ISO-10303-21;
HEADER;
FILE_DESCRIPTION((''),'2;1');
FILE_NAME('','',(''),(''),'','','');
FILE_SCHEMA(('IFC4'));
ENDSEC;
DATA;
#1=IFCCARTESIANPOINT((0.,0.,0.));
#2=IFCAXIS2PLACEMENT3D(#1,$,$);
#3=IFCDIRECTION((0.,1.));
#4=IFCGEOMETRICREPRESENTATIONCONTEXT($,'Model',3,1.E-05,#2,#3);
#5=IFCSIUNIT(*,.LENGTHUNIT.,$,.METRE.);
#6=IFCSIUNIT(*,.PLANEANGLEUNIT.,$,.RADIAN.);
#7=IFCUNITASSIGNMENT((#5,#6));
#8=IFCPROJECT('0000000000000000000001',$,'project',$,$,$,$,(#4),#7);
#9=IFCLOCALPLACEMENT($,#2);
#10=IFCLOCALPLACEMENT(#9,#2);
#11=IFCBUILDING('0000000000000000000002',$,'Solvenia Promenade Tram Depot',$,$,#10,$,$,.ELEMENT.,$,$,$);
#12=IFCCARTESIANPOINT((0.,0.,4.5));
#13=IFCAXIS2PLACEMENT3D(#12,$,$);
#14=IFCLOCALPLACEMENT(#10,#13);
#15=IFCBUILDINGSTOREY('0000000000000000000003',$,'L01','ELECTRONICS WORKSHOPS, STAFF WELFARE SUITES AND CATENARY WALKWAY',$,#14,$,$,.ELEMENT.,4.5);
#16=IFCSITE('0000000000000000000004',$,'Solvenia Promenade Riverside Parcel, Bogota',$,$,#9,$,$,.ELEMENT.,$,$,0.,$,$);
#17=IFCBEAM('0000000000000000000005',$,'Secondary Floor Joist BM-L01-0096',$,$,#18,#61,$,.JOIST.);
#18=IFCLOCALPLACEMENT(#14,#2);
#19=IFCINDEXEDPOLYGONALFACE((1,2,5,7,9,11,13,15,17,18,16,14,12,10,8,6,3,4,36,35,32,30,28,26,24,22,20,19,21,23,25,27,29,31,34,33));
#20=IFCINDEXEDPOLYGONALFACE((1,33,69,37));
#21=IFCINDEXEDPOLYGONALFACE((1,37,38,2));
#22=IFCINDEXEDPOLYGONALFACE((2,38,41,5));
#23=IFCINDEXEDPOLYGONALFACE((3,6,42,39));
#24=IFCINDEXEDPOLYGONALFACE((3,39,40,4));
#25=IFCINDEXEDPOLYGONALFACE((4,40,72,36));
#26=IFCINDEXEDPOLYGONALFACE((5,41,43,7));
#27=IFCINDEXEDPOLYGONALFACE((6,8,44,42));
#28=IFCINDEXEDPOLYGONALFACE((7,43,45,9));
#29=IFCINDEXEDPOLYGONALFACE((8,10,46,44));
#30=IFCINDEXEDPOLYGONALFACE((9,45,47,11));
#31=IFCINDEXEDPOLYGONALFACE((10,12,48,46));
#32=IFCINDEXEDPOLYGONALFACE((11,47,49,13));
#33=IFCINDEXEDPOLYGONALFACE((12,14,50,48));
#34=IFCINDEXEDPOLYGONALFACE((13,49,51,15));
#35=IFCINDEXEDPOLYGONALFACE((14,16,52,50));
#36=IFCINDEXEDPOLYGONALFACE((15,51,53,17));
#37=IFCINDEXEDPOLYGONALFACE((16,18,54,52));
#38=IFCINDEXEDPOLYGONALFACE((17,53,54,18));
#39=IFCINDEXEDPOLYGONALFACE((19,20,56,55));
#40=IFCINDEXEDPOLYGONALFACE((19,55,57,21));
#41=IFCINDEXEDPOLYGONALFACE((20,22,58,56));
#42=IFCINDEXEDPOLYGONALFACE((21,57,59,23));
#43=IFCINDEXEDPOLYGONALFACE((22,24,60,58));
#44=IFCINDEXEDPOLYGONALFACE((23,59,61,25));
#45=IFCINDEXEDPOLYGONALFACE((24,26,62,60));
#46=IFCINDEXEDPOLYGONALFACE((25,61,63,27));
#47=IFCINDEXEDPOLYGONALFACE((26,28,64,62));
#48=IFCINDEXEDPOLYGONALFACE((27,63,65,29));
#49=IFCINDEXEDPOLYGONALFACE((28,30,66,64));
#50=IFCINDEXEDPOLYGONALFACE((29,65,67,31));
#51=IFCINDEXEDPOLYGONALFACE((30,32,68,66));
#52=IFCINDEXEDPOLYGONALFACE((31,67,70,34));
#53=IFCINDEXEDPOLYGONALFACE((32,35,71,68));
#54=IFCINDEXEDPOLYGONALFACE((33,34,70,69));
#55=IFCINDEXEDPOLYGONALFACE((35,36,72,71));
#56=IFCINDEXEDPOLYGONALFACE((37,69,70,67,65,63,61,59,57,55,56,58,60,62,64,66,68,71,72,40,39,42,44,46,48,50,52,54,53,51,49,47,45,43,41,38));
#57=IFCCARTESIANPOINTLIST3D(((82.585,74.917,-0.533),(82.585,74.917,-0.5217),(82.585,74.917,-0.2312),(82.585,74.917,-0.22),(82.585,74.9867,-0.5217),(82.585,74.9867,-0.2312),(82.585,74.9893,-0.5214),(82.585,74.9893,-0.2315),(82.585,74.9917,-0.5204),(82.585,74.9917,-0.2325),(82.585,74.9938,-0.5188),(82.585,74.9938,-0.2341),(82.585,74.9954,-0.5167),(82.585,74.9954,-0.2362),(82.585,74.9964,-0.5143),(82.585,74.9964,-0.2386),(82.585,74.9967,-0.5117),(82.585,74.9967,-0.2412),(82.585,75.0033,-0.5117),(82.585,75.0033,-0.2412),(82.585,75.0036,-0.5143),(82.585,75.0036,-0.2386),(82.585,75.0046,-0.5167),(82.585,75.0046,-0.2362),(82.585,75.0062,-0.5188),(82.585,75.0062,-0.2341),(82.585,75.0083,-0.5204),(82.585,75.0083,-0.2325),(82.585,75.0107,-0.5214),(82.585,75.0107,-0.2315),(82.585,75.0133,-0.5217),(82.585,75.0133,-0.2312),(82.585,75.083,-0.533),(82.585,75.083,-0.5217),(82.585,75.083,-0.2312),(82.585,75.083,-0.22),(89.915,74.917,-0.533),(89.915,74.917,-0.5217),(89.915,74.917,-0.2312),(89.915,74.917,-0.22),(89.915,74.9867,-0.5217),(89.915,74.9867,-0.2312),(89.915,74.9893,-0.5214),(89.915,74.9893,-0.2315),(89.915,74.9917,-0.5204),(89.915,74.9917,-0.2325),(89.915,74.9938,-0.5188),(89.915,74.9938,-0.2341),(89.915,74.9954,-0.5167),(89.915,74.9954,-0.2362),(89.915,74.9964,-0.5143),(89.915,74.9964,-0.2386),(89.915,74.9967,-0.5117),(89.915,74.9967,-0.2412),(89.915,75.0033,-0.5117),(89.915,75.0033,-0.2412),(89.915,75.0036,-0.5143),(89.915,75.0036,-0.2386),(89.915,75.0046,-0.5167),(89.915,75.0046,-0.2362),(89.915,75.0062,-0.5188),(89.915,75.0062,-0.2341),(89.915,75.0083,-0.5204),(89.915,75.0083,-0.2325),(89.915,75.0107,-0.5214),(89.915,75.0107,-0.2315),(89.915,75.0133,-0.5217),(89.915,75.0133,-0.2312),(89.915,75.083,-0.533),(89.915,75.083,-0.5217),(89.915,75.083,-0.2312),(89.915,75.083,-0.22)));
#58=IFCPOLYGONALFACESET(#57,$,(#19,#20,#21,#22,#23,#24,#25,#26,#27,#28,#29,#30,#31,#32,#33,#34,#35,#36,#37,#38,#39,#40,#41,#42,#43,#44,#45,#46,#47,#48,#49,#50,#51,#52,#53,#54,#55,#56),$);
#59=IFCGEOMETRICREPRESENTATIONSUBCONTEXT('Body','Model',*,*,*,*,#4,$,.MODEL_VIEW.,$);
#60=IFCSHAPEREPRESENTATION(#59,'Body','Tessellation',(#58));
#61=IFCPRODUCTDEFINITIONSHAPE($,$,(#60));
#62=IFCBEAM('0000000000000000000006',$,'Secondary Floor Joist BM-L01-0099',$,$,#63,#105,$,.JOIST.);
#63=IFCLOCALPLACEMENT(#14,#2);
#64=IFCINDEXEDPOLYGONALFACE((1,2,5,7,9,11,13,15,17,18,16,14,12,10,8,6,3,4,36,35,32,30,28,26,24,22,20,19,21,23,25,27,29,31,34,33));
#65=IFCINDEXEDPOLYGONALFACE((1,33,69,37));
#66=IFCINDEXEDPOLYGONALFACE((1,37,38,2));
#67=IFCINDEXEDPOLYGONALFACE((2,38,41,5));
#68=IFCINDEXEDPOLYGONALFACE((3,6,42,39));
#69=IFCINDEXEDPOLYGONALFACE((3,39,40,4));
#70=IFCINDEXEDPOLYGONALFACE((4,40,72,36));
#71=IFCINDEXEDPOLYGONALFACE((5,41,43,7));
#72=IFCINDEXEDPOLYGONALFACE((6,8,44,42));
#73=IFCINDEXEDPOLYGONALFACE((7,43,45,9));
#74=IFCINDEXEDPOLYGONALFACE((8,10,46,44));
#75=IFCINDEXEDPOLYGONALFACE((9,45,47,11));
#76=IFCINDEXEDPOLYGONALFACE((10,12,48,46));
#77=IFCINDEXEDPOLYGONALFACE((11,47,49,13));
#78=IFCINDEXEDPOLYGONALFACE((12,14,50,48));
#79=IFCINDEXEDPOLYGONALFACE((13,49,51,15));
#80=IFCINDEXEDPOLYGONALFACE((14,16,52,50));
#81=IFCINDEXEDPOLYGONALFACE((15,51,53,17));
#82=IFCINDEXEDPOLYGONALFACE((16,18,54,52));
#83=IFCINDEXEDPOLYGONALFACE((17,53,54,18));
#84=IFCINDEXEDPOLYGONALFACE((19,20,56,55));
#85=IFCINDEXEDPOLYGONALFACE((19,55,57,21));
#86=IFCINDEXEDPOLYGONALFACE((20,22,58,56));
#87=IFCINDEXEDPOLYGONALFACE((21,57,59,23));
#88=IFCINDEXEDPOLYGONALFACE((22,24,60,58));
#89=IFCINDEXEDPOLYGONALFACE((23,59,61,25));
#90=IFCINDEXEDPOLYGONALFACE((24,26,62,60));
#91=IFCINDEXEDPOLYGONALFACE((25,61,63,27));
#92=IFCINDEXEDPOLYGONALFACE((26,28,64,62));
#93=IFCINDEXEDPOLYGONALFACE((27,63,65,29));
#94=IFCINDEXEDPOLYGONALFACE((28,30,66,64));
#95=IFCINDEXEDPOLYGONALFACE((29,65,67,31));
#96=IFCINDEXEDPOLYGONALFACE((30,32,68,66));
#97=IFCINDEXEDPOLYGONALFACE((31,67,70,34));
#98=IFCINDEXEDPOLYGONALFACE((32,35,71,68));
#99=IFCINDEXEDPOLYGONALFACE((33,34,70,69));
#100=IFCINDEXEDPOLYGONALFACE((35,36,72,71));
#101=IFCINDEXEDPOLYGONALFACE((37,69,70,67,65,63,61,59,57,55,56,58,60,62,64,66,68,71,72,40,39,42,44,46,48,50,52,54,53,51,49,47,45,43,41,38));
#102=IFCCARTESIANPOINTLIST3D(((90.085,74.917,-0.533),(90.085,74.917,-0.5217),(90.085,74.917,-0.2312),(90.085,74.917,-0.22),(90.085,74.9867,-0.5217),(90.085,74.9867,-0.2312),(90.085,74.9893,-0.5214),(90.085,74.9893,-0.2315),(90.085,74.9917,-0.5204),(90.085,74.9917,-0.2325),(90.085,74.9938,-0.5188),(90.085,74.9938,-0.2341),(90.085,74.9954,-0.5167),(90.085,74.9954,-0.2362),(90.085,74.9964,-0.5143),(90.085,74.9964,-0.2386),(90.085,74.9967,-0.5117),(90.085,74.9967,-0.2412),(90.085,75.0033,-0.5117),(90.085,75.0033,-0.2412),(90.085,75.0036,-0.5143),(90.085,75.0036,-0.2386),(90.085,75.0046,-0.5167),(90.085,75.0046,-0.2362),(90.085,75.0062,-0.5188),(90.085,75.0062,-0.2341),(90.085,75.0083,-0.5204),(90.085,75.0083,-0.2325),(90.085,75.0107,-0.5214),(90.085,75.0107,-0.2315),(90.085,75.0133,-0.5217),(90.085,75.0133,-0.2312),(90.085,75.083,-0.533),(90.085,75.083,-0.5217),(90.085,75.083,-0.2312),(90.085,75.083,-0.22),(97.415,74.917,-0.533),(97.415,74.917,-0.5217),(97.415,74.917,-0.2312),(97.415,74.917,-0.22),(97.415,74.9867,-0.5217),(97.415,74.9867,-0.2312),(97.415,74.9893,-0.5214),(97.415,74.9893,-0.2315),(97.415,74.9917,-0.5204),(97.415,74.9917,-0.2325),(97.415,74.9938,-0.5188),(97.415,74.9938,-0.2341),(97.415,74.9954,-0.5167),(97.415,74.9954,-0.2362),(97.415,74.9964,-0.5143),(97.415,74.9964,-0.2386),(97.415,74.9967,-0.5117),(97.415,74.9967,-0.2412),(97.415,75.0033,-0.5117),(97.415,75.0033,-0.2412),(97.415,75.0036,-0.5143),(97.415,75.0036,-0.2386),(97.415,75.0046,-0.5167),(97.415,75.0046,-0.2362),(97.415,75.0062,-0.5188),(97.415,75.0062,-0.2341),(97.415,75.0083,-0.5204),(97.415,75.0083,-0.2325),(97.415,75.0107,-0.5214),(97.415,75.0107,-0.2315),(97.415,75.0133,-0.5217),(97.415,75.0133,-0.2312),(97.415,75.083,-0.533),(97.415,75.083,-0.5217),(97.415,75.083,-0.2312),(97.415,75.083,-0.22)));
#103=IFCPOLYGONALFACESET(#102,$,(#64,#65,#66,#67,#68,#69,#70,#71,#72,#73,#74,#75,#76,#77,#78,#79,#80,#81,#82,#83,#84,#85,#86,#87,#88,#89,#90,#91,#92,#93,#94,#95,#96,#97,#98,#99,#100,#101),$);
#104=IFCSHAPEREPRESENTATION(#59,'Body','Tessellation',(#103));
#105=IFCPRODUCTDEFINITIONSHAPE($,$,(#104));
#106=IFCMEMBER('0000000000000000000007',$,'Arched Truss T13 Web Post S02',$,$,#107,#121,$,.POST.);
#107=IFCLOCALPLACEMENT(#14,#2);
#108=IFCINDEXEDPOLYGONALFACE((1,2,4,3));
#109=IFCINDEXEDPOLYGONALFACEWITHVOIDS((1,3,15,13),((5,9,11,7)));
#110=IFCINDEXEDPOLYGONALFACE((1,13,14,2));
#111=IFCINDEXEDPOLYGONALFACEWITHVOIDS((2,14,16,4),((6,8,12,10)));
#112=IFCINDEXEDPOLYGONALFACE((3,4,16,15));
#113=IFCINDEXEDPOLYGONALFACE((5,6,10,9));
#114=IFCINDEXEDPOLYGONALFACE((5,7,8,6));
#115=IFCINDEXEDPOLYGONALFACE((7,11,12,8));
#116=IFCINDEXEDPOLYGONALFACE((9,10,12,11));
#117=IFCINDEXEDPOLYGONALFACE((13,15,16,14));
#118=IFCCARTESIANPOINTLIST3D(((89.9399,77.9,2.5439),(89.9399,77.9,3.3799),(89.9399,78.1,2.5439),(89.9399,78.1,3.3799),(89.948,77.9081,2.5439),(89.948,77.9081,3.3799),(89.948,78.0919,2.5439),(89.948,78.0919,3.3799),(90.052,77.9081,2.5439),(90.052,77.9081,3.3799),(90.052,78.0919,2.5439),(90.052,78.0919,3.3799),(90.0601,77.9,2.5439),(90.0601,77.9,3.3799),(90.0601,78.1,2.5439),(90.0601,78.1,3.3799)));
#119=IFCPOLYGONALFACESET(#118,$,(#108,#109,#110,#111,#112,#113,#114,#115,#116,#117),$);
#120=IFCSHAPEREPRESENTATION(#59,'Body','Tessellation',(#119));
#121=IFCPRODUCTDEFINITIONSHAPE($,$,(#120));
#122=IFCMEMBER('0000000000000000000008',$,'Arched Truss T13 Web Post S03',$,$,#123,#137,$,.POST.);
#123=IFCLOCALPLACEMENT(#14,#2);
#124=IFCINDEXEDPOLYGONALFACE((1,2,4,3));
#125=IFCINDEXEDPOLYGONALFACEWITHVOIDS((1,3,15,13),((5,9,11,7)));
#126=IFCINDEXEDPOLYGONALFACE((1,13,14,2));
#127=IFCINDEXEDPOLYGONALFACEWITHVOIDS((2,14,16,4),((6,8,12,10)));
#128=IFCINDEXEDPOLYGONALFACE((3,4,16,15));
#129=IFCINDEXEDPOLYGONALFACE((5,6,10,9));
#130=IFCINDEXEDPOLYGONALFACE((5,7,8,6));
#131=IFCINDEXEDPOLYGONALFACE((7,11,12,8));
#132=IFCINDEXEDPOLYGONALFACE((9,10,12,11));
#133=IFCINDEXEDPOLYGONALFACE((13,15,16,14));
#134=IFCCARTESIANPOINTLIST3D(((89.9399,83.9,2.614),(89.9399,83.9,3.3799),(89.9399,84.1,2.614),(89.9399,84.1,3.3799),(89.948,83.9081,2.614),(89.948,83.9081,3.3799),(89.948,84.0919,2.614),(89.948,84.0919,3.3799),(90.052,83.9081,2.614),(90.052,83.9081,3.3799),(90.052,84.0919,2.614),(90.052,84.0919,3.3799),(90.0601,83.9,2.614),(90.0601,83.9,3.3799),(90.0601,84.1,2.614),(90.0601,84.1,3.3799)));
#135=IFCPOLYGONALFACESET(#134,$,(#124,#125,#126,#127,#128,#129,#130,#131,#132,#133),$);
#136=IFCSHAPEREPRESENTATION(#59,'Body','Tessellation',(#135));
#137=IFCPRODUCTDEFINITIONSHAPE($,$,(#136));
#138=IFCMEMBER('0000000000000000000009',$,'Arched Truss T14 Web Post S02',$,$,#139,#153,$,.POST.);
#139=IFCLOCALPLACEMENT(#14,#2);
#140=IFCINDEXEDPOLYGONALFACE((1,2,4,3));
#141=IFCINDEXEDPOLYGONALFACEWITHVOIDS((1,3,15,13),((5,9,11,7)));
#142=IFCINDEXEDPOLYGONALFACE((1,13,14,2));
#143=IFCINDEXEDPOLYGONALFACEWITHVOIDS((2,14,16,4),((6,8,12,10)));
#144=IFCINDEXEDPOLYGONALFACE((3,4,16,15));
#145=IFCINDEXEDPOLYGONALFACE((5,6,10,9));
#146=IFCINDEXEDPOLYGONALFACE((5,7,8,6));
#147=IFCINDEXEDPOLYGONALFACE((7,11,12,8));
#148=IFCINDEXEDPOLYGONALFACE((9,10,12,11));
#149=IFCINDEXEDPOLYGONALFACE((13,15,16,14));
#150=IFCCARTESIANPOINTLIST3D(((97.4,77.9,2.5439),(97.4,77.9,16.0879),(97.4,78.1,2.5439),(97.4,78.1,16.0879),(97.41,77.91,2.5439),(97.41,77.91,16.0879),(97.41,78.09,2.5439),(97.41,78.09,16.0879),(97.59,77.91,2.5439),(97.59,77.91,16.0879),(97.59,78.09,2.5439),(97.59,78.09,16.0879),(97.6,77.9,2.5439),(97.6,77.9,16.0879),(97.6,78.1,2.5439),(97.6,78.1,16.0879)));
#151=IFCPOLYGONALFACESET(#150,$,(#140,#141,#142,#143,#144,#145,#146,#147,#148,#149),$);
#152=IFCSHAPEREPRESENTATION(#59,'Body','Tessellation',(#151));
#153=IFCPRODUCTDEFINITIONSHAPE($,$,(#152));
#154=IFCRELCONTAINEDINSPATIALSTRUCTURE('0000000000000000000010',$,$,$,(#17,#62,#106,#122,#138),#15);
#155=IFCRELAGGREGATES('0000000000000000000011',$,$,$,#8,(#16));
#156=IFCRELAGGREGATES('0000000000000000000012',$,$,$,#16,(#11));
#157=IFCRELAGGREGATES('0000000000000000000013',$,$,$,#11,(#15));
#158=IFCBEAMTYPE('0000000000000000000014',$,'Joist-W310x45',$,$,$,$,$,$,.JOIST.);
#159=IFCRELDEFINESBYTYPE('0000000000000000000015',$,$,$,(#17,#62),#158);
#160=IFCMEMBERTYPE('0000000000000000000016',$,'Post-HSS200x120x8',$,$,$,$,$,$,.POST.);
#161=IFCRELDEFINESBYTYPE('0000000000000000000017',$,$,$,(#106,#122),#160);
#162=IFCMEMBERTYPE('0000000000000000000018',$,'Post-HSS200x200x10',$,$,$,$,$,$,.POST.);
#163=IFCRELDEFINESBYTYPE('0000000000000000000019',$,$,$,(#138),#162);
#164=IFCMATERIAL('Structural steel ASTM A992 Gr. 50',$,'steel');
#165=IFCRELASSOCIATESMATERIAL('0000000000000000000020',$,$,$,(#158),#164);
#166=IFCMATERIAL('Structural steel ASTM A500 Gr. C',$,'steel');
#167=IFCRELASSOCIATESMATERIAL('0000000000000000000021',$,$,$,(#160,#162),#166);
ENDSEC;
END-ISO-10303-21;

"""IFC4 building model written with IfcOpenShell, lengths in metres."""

from ifc_helpers import new_model, si_unit, direction, frame, origin, origin_2d, place, context, subcontext, project, spatial, hollow_rectangle, i_section, extrude, material, material_profile, profile_set, type_object, element, save


model = new_model("IFC4")

# Units and contexts
model_context = context("Model", 3, precision=1e-05, world=origin(), true_north=direction((0.0, 1.0)))
body_context = subcontext(model_context, "Body", "Model", "MODEL_VIEW")
ifc_project = project(units=[si_unit("LENGTHUNIT", "METRE"), si_unit("PLANEANGLEUNIT", "RADIAN")], contexts=[model_context])

# Site, building, storey
site_placement = place(None, origin())
site = spatial("IfcSite", under=ifc_project, at=site_placement, Name="Solvenia Promenade Riverside Parcel, Bogota", CompositionType="ELEMENT", RefElevation=0.0)
building_placement = place(site_placement, origin())
building = spatial("IfcBuilding", under=site, at=building_placement, Name="Solvenia Promenade Tram Depot", CompositionType="ELEMENT")
storey_placement = place(building_placement, frame((0.0, 0.0, 4.5)))
storey = spatial("IfcBuildingStorey", under=building, at=storey_placement, Name="L01", Description="ELECTRONICS WORKSHOPS, STAFF WELFARE SUITES AND CATENARY WALKWAY", CompositionType="ELEMENT", Elevation=4.5)

# Shared definitions
ifc_material_1 = material(Name="Structural steel ASTM A500 Gr. C", Category="steel")

# Beams
ifc_material_2 = material(Name="Structural steel ASTM A992 Gr. 50", Category="steel")
ifc_material_profile_1 = material_profile(ifc_material_2, i_section(OverallWidth=0.166, OverallDepth=0.313, WebThickness=0.0066, FlangeThickness=0.0112, FilletRadius=0.01, at=origin_2d()), Name="W310x45", Category="steel")
ifc_profile_set_1 = profile_set([ifc_material_profile_1], Name="Structural steel ASTM A992 Gr. 50")
beam_type_1 = type_object("IfcBeamType", Name="Joist-W310x45", PredefinedType="JOIST", material=ifc_profile_set_1)
for number, where, z_axis, x_axis, name in (
    (1, (82.585, 75.0, -0.3765), (1.0, 0.0, 0.0), (0.0, 1.0, 0.0), "Secondary Floor Joist BM-L01-0096"),
    (2, (90.085, 75.0, -0.3765), (1.0, 0.0, 0.0), (0.0, 1.0, 0.0), "Secondary Floor Joist BM-L01-0099"),
):
    element("IfcBeam", number, at=place(storey_placement, frame(where, z_axis=z_axis, x_axis=x_axis)), inside=storey, type_object=beam_type_1, Name=name, PredefinedType="JOIST", context=body_context, shape_type="SweptSolid", body=[
        extrude(i_section(OverallWidth=0.166, OverallDepth=0.313, WebThickness=0.0066, FlangeThickness=0.0112, FilletRadius=0.01, at=origin_2d()), origin(), (0.0, 0.0, 1.0), 7.3301),
    ])

# Members
ifc_material_profile_2 = material_profile(ifc_material_1, hollow_rectangle(XDim=0.1201, YDim=0.2, WallThickness=0.0081, at=origin_2d()), Name="HSS200x120x8", Category="steel")
ifc_profile_set_2 = profile_set([ifc_material_profile_2], Name="Structural steel ASTM A500 Gr. C")
member_type_1 = type_object("IfcMemberType", Name="Post-HSS200x120x8", PredefinedType="POST", material=ifc_profile_set_2)
member_1_placement = place(storey_placement, frame((90.0, 78.0, 2.5439), z_axis=(0.0, 0.0, 1.0), x_axis=(1.0, 0.0, 0.0)))
element("IfcMember", 3, at=member_1_placement, inside=storey, type_object=member_type_1, Name="Arched Truss T13 Web Post S02", PredefinedType="POST", context=body_context, shape_type="SweptSolid", body=[
    extrude(hollow_rectangle(XDim=0.1201, YDim=0.2, WallThickness=0.0081, at=origin_2d()), origin(), (0.0, 0.0, 1.0), 0.8359),
])
member_2_placement = place(storey_placement, frame((90.0, 84.0, 2.614), z_axis=(0.0, 0.0, 1.0), x_axis=(1.0, 0.0, 0.0)))
element("IfcMember", 4, at=member_2_placement, inside=storey, type_object=member_type_1, Name="Arched Truss T13 Web Post S03", PredefinedType="POST", context=body_context, shape_type="SweptSolid", body=[
    extrude(hollow_rectangle(XDim=0.1201, YDim=0.2, WallThickness=0.0081, at=origin_2d()), origin(), (0.0, 0.0, 1.0), 0.7659),
])
ifc_material_profile_3 = material_profile(ifc_material_1, hollow_rectangle(XDim=0.2, YDim=0.2, WallThickness=0.01, at=origin_2d()), Name="HSS200x200x10", Category="steel")
ifc_profile_set_3 = profile_set([ifc_material_profile_3], Name="Structural steel ASTM A500 Gr. C")
member_type_2 = type_object("IfcMemberType", Name="Post-HSS200x200x10", PredefinedType="POST", material=ifc_profile_set_3)
member_3_placement = place(storey_placement, frame((97.5, 78.0, 2.5439), z_axis=(0.0, 0.0, 1.0), x_axis=(1.0, 0.0, 0.0)))
element("IfcMember", 5, at=member_3_placement, inside=storey, type_object=member_type_2, Name="Arched Truss T14 Web Post S02", PredefinedType="POST", context=body_context, shape_type="SweptSolid", body=[
    extrude(hollow_rectangle(XDim=0.2, YDim=0.2, WallThickness=0.01, at=origin_2d()), origin(), (0.0, 0.0, 1.0), 13.5439),
])

save(model, "model.ifc")
